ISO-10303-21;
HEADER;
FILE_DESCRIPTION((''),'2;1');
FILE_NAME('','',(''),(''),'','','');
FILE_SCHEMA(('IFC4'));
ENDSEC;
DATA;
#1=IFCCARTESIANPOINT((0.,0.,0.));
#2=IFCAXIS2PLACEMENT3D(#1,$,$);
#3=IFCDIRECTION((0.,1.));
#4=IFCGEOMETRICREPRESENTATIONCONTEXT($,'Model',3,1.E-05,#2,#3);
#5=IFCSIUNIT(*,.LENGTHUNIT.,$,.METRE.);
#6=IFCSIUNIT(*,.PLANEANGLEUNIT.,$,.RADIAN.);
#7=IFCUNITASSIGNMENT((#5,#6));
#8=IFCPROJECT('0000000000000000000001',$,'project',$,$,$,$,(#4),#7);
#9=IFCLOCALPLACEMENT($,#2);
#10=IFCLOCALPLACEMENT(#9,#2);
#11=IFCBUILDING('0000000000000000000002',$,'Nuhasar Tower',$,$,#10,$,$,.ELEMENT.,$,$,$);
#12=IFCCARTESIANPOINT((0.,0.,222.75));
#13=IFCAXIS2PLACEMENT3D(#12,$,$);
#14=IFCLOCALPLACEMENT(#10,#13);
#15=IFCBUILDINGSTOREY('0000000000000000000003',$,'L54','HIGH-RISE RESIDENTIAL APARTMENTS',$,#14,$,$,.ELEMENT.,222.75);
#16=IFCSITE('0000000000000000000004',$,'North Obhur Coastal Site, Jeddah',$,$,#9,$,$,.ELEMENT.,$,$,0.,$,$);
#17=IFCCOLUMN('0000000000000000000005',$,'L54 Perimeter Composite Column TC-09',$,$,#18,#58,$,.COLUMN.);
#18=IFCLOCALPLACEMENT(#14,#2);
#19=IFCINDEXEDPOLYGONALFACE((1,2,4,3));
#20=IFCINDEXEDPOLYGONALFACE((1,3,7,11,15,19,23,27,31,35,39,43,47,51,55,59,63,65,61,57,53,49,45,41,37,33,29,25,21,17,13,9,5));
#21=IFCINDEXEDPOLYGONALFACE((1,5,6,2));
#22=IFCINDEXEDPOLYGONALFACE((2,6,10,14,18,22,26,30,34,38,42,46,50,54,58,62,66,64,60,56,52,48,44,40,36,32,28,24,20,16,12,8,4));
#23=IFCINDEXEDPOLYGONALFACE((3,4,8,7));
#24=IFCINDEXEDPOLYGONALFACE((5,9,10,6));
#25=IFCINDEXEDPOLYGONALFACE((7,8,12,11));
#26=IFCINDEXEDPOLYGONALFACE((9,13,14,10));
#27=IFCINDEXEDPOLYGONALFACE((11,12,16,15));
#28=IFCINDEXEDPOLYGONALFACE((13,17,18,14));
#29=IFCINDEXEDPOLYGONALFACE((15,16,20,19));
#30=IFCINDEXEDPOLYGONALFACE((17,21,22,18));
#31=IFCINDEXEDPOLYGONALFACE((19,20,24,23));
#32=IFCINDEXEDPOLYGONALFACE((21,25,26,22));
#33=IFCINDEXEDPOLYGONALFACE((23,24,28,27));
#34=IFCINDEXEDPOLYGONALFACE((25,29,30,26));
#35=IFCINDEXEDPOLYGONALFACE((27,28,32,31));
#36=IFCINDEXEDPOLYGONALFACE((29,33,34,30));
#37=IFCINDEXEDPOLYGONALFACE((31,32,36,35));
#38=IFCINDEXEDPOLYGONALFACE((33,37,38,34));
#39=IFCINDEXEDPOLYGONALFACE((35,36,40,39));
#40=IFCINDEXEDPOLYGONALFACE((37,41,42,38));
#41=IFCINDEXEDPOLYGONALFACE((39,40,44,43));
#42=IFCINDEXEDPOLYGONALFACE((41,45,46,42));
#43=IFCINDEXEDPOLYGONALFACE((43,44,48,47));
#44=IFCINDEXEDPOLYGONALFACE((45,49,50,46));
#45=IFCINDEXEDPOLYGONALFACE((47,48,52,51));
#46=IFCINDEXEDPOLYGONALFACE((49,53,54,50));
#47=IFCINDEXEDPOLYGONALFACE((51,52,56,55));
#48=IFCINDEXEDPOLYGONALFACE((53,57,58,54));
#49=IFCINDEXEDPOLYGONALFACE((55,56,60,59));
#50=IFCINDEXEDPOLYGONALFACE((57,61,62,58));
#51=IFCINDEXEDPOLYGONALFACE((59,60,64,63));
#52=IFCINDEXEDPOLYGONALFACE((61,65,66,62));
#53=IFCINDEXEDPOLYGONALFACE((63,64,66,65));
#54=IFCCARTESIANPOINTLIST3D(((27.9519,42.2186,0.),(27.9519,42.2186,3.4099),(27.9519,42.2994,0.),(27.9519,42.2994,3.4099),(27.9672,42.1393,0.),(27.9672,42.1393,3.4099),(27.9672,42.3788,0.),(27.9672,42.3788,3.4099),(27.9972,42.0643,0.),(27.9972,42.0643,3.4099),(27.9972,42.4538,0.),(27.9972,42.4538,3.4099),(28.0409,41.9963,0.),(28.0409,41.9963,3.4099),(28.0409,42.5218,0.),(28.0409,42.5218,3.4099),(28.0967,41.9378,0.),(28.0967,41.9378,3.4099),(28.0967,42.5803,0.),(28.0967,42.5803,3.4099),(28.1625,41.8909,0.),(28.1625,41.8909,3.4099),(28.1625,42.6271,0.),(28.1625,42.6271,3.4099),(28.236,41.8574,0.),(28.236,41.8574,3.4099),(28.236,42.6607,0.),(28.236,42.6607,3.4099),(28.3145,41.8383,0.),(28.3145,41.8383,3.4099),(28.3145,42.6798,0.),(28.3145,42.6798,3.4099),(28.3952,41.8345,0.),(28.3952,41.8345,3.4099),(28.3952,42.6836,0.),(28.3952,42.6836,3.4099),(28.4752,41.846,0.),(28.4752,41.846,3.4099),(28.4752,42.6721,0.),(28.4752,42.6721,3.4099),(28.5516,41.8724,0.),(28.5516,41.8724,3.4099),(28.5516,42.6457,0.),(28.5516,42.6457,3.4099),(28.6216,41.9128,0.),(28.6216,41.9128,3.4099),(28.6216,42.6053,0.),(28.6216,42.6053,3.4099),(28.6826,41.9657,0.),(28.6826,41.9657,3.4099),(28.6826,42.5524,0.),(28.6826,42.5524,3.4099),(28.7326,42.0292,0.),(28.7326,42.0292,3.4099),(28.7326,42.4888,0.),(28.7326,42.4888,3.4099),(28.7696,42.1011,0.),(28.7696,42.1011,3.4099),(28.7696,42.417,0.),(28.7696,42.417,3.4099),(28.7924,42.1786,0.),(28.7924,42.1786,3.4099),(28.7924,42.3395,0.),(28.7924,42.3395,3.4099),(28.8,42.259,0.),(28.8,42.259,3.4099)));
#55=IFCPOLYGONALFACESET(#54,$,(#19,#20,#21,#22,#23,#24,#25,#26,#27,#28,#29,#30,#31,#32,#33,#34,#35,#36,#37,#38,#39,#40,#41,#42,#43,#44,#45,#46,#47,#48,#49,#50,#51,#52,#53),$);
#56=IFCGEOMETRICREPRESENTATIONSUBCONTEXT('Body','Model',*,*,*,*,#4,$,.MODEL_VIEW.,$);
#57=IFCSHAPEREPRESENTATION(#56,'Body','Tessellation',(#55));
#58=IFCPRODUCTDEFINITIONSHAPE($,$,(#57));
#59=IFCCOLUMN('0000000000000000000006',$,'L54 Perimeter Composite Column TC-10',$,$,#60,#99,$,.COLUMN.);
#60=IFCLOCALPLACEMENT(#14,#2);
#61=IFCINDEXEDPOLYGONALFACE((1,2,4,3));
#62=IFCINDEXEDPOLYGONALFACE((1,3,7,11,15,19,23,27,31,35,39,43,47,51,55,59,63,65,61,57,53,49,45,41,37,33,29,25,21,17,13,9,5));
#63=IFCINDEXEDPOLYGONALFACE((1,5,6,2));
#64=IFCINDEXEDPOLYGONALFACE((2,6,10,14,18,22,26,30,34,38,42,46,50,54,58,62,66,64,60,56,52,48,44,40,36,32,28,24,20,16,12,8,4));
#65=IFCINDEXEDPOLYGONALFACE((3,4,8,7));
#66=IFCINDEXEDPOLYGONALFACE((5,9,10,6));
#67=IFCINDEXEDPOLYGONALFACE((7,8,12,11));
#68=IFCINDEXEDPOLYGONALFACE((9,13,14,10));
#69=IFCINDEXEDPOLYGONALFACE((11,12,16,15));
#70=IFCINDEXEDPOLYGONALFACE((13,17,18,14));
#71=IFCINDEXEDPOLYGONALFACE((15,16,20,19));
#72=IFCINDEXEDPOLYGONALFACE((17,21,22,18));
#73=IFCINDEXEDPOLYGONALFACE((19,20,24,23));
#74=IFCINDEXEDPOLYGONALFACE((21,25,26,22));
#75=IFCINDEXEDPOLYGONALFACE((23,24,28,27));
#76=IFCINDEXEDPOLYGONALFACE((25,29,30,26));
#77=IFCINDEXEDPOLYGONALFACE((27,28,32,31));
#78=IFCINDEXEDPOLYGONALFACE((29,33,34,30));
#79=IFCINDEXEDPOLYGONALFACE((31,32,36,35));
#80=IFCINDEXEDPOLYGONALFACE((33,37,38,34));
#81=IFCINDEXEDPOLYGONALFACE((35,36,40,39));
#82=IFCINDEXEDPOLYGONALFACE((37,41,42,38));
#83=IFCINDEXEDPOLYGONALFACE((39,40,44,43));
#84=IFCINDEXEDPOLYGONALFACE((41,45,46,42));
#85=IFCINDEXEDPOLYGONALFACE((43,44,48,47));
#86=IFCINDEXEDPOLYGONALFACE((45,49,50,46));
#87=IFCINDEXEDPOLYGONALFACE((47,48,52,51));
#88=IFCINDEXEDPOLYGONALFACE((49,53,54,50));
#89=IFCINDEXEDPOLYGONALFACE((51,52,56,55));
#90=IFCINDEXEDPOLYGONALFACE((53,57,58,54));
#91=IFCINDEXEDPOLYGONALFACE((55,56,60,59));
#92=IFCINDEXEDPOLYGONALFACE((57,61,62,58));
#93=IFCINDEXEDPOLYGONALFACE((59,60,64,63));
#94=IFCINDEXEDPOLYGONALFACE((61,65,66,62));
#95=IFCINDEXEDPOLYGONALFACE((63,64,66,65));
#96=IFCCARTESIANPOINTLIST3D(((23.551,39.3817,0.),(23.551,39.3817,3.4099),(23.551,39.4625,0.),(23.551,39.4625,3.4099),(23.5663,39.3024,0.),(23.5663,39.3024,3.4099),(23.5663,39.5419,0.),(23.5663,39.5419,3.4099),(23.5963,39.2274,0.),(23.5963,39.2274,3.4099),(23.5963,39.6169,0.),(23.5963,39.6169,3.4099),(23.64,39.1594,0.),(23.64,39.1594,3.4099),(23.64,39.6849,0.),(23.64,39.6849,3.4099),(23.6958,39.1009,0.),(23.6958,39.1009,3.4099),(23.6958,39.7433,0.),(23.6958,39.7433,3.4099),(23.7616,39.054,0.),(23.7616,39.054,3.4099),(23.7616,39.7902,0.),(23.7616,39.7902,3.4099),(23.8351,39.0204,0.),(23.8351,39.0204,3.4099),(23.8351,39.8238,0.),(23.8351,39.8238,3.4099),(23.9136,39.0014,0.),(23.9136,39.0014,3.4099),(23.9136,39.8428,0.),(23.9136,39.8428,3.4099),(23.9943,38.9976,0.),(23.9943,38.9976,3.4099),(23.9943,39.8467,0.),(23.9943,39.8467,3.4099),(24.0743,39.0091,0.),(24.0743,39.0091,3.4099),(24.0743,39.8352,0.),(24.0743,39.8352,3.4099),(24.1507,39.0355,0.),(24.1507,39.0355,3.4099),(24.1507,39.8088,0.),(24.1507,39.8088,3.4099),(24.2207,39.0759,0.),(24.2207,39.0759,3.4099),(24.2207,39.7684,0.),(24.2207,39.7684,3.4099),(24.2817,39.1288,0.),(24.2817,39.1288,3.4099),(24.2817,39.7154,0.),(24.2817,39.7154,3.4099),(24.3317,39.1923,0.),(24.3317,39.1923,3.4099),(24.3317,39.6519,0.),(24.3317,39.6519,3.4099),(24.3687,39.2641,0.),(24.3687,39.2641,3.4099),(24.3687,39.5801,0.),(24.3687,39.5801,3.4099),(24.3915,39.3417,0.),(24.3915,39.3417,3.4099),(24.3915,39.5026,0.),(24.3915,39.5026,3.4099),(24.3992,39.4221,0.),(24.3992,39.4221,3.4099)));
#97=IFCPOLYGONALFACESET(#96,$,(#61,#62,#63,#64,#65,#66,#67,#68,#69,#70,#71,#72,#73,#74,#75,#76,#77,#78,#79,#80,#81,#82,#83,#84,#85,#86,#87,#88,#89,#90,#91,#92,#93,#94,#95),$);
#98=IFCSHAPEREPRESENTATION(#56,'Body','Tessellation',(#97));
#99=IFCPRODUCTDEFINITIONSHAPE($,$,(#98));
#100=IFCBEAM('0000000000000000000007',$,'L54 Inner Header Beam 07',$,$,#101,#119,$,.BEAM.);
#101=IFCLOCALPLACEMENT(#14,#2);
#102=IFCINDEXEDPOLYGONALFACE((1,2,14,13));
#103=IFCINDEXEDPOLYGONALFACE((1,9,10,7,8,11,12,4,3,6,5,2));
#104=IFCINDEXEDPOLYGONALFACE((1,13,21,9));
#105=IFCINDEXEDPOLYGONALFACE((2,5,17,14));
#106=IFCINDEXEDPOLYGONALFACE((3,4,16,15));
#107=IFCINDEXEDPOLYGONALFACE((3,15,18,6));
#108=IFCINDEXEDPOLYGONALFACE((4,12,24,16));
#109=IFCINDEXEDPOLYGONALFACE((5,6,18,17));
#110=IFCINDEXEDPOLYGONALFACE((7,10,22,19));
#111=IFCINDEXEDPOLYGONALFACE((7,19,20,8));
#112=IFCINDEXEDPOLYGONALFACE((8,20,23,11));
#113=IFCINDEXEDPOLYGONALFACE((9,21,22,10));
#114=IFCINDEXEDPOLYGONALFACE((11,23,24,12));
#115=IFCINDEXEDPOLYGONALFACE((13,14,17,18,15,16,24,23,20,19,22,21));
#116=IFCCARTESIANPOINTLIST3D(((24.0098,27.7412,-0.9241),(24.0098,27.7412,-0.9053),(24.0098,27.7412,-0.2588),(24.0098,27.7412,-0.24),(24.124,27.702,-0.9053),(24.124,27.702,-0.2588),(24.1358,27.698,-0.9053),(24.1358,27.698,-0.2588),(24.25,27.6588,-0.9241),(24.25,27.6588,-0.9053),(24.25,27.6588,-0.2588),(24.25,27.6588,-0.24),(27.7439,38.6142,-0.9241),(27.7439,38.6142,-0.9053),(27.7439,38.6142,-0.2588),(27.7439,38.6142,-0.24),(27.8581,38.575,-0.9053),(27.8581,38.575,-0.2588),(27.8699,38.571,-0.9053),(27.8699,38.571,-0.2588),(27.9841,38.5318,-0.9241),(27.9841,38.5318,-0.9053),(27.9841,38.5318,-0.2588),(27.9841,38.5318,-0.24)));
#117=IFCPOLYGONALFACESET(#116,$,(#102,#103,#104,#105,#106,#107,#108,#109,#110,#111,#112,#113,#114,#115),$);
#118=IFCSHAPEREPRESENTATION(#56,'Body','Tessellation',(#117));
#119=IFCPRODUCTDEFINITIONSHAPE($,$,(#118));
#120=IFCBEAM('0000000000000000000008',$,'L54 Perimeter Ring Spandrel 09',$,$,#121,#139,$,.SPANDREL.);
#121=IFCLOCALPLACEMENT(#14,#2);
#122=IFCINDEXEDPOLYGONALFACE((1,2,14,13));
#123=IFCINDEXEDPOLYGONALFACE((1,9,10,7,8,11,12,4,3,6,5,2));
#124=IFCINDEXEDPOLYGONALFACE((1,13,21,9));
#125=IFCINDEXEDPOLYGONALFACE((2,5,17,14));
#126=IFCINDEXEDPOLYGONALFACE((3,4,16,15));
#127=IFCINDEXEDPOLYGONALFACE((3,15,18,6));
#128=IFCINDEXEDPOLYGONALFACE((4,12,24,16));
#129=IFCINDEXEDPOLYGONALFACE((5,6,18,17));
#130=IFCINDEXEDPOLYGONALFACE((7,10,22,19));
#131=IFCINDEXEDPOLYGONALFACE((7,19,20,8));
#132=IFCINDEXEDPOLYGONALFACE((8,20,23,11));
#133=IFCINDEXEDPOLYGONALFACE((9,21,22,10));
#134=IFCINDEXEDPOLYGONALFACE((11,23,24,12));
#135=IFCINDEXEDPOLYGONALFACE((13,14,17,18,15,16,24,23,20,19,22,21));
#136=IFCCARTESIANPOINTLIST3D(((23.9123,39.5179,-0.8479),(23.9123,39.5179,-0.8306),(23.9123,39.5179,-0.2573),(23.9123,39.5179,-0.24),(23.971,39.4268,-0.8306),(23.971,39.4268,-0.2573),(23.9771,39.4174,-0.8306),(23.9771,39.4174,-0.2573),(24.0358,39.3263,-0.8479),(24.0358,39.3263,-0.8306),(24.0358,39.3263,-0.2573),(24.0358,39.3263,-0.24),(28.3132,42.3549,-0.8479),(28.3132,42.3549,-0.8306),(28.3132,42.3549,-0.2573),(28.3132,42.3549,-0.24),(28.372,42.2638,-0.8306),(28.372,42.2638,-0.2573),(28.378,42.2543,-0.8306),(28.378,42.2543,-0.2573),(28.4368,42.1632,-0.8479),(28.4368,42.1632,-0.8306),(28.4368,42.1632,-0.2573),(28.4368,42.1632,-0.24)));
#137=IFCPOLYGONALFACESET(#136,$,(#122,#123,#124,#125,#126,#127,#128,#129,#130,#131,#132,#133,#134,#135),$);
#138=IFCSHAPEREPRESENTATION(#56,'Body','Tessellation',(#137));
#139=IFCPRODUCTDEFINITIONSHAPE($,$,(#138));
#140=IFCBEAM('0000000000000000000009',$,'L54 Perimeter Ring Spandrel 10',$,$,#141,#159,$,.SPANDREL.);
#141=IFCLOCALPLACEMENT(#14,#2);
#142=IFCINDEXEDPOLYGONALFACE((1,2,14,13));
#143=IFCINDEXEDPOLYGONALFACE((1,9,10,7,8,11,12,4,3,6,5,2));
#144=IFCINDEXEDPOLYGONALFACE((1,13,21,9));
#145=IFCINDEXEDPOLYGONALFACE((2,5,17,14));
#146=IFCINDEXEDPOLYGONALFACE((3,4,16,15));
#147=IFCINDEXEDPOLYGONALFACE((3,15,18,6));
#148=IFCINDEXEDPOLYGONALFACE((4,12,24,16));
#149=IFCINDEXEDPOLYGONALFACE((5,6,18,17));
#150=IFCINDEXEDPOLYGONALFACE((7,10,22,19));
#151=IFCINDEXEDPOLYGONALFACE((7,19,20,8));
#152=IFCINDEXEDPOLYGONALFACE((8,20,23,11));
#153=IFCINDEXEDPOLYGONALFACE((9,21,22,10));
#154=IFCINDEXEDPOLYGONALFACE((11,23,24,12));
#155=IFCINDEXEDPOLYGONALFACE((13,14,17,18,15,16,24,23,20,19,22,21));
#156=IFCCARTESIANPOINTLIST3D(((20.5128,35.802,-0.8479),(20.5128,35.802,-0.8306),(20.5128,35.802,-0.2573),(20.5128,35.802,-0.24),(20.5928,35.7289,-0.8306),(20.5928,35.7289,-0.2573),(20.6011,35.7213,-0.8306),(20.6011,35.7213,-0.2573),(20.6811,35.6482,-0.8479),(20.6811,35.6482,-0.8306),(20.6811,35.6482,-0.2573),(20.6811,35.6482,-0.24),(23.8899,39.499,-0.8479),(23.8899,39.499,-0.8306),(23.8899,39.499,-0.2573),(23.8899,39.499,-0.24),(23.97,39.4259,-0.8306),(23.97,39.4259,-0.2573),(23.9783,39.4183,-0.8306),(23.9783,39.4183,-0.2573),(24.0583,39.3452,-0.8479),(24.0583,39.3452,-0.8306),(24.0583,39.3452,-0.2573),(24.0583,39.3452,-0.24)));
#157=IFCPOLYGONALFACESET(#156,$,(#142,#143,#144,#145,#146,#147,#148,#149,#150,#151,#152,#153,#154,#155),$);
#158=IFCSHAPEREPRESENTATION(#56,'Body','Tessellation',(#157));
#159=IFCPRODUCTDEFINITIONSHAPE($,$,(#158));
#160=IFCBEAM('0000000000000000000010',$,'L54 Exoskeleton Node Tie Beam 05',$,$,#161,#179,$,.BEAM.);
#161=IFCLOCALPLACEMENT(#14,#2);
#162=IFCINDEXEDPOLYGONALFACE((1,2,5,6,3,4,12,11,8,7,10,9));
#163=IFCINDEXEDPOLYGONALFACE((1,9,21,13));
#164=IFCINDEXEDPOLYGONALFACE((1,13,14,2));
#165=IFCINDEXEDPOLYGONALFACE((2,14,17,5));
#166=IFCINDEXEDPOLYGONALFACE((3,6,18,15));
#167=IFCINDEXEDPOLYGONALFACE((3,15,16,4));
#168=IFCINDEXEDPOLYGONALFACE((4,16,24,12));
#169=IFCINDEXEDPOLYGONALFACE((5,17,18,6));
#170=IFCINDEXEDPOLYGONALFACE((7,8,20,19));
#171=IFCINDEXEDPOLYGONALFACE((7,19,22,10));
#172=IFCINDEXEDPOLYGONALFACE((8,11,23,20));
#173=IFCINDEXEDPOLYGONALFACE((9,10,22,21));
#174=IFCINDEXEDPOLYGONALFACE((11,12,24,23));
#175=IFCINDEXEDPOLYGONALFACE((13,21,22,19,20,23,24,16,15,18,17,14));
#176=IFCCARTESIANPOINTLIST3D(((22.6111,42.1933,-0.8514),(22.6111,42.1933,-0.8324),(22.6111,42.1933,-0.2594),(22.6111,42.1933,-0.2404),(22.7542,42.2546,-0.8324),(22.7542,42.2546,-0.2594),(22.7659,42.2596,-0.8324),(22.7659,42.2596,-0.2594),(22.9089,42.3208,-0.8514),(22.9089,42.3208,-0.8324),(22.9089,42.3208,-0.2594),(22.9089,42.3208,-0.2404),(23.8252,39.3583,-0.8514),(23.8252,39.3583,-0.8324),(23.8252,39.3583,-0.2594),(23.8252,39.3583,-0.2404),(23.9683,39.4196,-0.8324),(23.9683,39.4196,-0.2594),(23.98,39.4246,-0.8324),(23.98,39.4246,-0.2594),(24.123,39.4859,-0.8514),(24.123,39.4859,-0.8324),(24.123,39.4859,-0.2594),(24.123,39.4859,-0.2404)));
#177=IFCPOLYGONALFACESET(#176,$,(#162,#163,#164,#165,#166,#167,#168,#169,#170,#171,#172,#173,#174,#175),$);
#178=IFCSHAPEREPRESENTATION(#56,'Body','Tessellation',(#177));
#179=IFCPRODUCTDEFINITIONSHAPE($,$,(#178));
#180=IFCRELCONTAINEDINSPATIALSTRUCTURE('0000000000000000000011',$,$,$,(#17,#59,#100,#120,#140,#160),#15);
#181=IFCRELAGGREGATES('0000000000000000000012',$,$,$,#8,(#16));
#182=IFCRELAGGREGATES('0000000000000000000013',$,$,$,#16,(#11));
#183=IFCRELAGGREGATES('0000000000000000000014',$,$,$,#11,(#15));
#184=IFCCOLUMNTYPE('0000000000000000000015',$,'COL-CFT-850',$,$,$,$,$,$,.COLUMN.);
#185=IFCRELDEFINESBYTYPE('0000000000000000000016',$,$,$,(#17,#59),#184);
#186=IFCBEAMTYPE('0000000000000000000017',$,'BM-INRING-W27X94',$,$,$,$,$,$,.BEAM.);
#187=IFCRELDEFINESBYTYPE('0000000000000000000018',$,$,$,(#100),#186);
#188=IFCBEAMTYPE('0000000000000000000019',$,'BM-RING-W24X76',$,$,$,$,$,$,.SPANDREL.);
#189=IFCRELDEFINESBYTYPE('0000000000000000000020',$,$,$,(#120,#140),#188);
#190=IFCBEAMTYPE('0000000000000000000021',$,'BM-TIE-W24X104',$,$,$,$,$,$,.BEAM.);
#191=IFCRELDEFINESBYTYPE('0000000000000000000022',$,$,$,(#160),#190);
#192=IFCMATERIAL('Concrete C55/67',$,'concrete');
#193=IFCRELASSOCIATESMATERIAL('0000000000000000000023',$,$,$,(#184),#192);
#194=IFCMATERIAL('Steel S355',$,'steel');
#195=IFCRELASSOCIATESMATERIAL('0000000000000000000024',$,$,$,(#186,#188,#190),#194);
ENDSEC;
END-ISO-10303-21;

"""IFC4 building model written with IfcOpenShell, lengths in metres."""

from ifc_helpers import new_model, si_unit, direction, frame, origin, origin_2d, place, context, subcontext, project, spatial, circle, i_section, extrude, material, material_profile, profile_set, type_object, element, save


model = new_model("IFC4")

# Units and contexts
model_context = context("Model", 3, precision=1e-05, world=origin(), true_north=direction((0.0, 1.0)))
body_context = subcontext(model_context, "Body", "Model", "MODEL_VIEW")
ifc_project = project(units=[si_unit("LENGTHUNIT", "METRE"), si_unit("PLANEANGLEUNIT", "RADIAN")], contexts=[model_context])

# Site, building, storey
site_placement = place(None, origin())
site = spatial("IfcSite", under=ifc_project, at=site_placement, Name="North Obhur Coastal Site, Jeddah", CompositionType="ELEMENT", RefElevation=0.0)
building_placement = place(site_placement, origin())
building = spatial("IfcBuilding", under=site, at=building_placement, Name="Nuhasar Tower", CompositionType="ELEMENT")
storey_placement = place(building_placement, frame((0.0, 0.0, 222.75)))
storey = spatial("IfcBuildingStorey", under=building, at=storey_placement, Name="L54", Description="HIGH-RISE RESIDENTIAL APARTMENTS", CompositionType="ELEMENT", Elevation=222.75)

# Columns
ifc_material_1 = material(Name="Concrete C55/67", Category="concrete")
ifc_material_profile_1 = material_profile(ifc_material_1, circle(Radius=0.425, at=origin_2d()), Name="CFT850")
ifc_profile_set_1 = profile_set([ifc_material_profile_1], Name="Concrete C55/67")
column_type = type_object("IfcColumnType", Name="COL-CFT-850", PredefinedType="COLUMN", material=ifc_profile_set_1)
for number, where, z_axis, x_axis, name in (
    (1, (28.375, 42.259, 0.0), (0.0, 0.0, 1.0), (1.0, 0.0, 0.0), "L54 Perimeter Composite Column TC-09"),
    (2, (23.9741, 39.4221, 0.0), (0.0, 0.0, 1.0), (1.0, 0.0, 0.0), "L54 Perimeter Composite Column TC-10"),
):
    element("IfcColumn", number, at=place(storey_placement, frame(where, z_axis=z_axis, x_axis=x_axis)), inside=storey, type_object=column_type, Name=name, PredefinedType="COLUMN", context=body_context, shape_type="SweptSolid", body=[
        extrude(circle(Radius=0.425, at=origin_2d()), origin(), (0.0, 0.0, 1.0), 3.4099),
    ])

# Beams
ifc_material_2 = material(Name="Steel S355", Category="steel")
ifc_material_profile_2 = material_profile(ifc_material_2, i_section(OverallWidth=0.2539, OverallDepth=0.6841, WebThickness=0.0125, FlangeThickness=0.0188, at=origin_2d()), Name="W27X94")
ifc_profile_set_2 = profile_set([ifc_material_profile_2], Name="Steel S355")
beam_type_1 = type_object("IfcBeamType", Name="BM-INRING-W27X94", PredefinedType="BEAM", material=ifc_profile_set_2)
beam_1_placement = place(storey_placement, frame((27.864, 38.573, -0.582), z_axis=(-0.324809, -0.94578, 0.0), x_axis=(0.94578, -0.324809, 0.0)))
element("IfcBeam", 3, at=beam_1_placement, inside=storey, type_object=beam_type_1, Name="L54 Inner Header Beam 07", PredefinedType="BEAM", context=body_context, shape_type="SweptSolid", body=[
    extrude(i_section(OverallWidth=0.2539, OverallDepth=0.6841, WebThickness=0.0125, FlangeThickness=0.0188, at=origin_2d()), origin(), (0.0, 0.0, 1.0), 11.4963),
])
ifc_material_profile_3 = material_profile(ifc_material_2, i_section(OverallWidth=0.228, OverallDepth=0.6079, WebThickness=0.0112, FlangeThickness=0.0173, at=origin_2d()), Name="W24X76")
ifc_profile_set_3 = profile_set([ifc_material_profile_3], Name="Steel S355")
beam_type_2 = type_object("IfcBeamType", Name="BM-RING-W24X76", PredefinedType="SPANDREL", material=ifc_profile_set_3)
beam_2_placement = place(storey_placement, frame((28.375, 42.259, -0.5439), z_axis=(-0.840502, -0.541808, 0.0), x_axis=(0.541808, -0.840502, 0.0)))
element("IfcBeam", 4, at=beam_2_placement, inside=storey, type_object=beam_type_2, Name="L54 Perimeter Ring Spandrel 09", PredefinedType="SPANDREL", context=body_context, shape_type="SweptSolid", body=[
    extrude(i_section(OverallWidth=0.228, OverallDepth=0.6079, WebThickness=0.0112, FlangeThickness=0.0173, at=origin_2d()), origin(), (0.0, 0.0, 1.0), 5.2361),
])
beam_3_placement = place(storey_placement, frame((23.9741, 39.4221, -0.5439), z_axis=(-0.67445, -0.738321, 0.0), x_axis=(0.738321, -0.67445, 0.0)))
element("IfcBeam", 5, at=beam_3_placement, inside=storey, type_object=beam_type_2, Name="L54 Perimeter Ring Spandrel 10", PredefinedType="SPANDREL", context=body_context, shape_type="SweptSolid", body=[
    extrude(i_section(OverallWidth=0.228, OverallDepth=0.6079, WebThickness=0.0112, FlangeThickness=0.0173, at=origin_2d()), origin(), (0.0, 0.0, 1.0), 5.0073),
])
ifc_material_profile_4 = material_profile(ifc_material_2, i_section(OverallWidth=0.324, OverallDepth=0.6111, WebThickness=0.0127, FlangeThickness=0.019, at=origin_2d()), Name="W24X104")
ifc_profile_set_4 = profile_set([ifc_material_profile_4], Name="Steel S355")
beam_type_3 = type_object("IfcBeamType", Name="BM-TIE-W24X104", PredefinedType="BEAM", material=ifc_profile_set_4)
beam_4_placement = place(storey_placement, frame((23.9741, 39.4221, -0.5459), z_axis=(-0.39368, 0.919247, 0.0), x_axis=(-0.919247, -0.39368, 0.0)))
element("IfcBeam", 6, at=beam_4_placement, inside=storey, type_object=beam_type_3, Name="L54 Exoskeleton Node Tie Beam 05", PredefinedType="BEAM", context=body_context, shape_type="SweptSolid", body=[
    extrude(i_section(OverallWidth=0.324, OverallDepth=0.6111, WebThickness=0.0127, FlangeThickness=0.019, at=origin_2d()), origin(), (0.0, 0.0, 1.0), 3.084),
])

save(model, "model.ifc")
